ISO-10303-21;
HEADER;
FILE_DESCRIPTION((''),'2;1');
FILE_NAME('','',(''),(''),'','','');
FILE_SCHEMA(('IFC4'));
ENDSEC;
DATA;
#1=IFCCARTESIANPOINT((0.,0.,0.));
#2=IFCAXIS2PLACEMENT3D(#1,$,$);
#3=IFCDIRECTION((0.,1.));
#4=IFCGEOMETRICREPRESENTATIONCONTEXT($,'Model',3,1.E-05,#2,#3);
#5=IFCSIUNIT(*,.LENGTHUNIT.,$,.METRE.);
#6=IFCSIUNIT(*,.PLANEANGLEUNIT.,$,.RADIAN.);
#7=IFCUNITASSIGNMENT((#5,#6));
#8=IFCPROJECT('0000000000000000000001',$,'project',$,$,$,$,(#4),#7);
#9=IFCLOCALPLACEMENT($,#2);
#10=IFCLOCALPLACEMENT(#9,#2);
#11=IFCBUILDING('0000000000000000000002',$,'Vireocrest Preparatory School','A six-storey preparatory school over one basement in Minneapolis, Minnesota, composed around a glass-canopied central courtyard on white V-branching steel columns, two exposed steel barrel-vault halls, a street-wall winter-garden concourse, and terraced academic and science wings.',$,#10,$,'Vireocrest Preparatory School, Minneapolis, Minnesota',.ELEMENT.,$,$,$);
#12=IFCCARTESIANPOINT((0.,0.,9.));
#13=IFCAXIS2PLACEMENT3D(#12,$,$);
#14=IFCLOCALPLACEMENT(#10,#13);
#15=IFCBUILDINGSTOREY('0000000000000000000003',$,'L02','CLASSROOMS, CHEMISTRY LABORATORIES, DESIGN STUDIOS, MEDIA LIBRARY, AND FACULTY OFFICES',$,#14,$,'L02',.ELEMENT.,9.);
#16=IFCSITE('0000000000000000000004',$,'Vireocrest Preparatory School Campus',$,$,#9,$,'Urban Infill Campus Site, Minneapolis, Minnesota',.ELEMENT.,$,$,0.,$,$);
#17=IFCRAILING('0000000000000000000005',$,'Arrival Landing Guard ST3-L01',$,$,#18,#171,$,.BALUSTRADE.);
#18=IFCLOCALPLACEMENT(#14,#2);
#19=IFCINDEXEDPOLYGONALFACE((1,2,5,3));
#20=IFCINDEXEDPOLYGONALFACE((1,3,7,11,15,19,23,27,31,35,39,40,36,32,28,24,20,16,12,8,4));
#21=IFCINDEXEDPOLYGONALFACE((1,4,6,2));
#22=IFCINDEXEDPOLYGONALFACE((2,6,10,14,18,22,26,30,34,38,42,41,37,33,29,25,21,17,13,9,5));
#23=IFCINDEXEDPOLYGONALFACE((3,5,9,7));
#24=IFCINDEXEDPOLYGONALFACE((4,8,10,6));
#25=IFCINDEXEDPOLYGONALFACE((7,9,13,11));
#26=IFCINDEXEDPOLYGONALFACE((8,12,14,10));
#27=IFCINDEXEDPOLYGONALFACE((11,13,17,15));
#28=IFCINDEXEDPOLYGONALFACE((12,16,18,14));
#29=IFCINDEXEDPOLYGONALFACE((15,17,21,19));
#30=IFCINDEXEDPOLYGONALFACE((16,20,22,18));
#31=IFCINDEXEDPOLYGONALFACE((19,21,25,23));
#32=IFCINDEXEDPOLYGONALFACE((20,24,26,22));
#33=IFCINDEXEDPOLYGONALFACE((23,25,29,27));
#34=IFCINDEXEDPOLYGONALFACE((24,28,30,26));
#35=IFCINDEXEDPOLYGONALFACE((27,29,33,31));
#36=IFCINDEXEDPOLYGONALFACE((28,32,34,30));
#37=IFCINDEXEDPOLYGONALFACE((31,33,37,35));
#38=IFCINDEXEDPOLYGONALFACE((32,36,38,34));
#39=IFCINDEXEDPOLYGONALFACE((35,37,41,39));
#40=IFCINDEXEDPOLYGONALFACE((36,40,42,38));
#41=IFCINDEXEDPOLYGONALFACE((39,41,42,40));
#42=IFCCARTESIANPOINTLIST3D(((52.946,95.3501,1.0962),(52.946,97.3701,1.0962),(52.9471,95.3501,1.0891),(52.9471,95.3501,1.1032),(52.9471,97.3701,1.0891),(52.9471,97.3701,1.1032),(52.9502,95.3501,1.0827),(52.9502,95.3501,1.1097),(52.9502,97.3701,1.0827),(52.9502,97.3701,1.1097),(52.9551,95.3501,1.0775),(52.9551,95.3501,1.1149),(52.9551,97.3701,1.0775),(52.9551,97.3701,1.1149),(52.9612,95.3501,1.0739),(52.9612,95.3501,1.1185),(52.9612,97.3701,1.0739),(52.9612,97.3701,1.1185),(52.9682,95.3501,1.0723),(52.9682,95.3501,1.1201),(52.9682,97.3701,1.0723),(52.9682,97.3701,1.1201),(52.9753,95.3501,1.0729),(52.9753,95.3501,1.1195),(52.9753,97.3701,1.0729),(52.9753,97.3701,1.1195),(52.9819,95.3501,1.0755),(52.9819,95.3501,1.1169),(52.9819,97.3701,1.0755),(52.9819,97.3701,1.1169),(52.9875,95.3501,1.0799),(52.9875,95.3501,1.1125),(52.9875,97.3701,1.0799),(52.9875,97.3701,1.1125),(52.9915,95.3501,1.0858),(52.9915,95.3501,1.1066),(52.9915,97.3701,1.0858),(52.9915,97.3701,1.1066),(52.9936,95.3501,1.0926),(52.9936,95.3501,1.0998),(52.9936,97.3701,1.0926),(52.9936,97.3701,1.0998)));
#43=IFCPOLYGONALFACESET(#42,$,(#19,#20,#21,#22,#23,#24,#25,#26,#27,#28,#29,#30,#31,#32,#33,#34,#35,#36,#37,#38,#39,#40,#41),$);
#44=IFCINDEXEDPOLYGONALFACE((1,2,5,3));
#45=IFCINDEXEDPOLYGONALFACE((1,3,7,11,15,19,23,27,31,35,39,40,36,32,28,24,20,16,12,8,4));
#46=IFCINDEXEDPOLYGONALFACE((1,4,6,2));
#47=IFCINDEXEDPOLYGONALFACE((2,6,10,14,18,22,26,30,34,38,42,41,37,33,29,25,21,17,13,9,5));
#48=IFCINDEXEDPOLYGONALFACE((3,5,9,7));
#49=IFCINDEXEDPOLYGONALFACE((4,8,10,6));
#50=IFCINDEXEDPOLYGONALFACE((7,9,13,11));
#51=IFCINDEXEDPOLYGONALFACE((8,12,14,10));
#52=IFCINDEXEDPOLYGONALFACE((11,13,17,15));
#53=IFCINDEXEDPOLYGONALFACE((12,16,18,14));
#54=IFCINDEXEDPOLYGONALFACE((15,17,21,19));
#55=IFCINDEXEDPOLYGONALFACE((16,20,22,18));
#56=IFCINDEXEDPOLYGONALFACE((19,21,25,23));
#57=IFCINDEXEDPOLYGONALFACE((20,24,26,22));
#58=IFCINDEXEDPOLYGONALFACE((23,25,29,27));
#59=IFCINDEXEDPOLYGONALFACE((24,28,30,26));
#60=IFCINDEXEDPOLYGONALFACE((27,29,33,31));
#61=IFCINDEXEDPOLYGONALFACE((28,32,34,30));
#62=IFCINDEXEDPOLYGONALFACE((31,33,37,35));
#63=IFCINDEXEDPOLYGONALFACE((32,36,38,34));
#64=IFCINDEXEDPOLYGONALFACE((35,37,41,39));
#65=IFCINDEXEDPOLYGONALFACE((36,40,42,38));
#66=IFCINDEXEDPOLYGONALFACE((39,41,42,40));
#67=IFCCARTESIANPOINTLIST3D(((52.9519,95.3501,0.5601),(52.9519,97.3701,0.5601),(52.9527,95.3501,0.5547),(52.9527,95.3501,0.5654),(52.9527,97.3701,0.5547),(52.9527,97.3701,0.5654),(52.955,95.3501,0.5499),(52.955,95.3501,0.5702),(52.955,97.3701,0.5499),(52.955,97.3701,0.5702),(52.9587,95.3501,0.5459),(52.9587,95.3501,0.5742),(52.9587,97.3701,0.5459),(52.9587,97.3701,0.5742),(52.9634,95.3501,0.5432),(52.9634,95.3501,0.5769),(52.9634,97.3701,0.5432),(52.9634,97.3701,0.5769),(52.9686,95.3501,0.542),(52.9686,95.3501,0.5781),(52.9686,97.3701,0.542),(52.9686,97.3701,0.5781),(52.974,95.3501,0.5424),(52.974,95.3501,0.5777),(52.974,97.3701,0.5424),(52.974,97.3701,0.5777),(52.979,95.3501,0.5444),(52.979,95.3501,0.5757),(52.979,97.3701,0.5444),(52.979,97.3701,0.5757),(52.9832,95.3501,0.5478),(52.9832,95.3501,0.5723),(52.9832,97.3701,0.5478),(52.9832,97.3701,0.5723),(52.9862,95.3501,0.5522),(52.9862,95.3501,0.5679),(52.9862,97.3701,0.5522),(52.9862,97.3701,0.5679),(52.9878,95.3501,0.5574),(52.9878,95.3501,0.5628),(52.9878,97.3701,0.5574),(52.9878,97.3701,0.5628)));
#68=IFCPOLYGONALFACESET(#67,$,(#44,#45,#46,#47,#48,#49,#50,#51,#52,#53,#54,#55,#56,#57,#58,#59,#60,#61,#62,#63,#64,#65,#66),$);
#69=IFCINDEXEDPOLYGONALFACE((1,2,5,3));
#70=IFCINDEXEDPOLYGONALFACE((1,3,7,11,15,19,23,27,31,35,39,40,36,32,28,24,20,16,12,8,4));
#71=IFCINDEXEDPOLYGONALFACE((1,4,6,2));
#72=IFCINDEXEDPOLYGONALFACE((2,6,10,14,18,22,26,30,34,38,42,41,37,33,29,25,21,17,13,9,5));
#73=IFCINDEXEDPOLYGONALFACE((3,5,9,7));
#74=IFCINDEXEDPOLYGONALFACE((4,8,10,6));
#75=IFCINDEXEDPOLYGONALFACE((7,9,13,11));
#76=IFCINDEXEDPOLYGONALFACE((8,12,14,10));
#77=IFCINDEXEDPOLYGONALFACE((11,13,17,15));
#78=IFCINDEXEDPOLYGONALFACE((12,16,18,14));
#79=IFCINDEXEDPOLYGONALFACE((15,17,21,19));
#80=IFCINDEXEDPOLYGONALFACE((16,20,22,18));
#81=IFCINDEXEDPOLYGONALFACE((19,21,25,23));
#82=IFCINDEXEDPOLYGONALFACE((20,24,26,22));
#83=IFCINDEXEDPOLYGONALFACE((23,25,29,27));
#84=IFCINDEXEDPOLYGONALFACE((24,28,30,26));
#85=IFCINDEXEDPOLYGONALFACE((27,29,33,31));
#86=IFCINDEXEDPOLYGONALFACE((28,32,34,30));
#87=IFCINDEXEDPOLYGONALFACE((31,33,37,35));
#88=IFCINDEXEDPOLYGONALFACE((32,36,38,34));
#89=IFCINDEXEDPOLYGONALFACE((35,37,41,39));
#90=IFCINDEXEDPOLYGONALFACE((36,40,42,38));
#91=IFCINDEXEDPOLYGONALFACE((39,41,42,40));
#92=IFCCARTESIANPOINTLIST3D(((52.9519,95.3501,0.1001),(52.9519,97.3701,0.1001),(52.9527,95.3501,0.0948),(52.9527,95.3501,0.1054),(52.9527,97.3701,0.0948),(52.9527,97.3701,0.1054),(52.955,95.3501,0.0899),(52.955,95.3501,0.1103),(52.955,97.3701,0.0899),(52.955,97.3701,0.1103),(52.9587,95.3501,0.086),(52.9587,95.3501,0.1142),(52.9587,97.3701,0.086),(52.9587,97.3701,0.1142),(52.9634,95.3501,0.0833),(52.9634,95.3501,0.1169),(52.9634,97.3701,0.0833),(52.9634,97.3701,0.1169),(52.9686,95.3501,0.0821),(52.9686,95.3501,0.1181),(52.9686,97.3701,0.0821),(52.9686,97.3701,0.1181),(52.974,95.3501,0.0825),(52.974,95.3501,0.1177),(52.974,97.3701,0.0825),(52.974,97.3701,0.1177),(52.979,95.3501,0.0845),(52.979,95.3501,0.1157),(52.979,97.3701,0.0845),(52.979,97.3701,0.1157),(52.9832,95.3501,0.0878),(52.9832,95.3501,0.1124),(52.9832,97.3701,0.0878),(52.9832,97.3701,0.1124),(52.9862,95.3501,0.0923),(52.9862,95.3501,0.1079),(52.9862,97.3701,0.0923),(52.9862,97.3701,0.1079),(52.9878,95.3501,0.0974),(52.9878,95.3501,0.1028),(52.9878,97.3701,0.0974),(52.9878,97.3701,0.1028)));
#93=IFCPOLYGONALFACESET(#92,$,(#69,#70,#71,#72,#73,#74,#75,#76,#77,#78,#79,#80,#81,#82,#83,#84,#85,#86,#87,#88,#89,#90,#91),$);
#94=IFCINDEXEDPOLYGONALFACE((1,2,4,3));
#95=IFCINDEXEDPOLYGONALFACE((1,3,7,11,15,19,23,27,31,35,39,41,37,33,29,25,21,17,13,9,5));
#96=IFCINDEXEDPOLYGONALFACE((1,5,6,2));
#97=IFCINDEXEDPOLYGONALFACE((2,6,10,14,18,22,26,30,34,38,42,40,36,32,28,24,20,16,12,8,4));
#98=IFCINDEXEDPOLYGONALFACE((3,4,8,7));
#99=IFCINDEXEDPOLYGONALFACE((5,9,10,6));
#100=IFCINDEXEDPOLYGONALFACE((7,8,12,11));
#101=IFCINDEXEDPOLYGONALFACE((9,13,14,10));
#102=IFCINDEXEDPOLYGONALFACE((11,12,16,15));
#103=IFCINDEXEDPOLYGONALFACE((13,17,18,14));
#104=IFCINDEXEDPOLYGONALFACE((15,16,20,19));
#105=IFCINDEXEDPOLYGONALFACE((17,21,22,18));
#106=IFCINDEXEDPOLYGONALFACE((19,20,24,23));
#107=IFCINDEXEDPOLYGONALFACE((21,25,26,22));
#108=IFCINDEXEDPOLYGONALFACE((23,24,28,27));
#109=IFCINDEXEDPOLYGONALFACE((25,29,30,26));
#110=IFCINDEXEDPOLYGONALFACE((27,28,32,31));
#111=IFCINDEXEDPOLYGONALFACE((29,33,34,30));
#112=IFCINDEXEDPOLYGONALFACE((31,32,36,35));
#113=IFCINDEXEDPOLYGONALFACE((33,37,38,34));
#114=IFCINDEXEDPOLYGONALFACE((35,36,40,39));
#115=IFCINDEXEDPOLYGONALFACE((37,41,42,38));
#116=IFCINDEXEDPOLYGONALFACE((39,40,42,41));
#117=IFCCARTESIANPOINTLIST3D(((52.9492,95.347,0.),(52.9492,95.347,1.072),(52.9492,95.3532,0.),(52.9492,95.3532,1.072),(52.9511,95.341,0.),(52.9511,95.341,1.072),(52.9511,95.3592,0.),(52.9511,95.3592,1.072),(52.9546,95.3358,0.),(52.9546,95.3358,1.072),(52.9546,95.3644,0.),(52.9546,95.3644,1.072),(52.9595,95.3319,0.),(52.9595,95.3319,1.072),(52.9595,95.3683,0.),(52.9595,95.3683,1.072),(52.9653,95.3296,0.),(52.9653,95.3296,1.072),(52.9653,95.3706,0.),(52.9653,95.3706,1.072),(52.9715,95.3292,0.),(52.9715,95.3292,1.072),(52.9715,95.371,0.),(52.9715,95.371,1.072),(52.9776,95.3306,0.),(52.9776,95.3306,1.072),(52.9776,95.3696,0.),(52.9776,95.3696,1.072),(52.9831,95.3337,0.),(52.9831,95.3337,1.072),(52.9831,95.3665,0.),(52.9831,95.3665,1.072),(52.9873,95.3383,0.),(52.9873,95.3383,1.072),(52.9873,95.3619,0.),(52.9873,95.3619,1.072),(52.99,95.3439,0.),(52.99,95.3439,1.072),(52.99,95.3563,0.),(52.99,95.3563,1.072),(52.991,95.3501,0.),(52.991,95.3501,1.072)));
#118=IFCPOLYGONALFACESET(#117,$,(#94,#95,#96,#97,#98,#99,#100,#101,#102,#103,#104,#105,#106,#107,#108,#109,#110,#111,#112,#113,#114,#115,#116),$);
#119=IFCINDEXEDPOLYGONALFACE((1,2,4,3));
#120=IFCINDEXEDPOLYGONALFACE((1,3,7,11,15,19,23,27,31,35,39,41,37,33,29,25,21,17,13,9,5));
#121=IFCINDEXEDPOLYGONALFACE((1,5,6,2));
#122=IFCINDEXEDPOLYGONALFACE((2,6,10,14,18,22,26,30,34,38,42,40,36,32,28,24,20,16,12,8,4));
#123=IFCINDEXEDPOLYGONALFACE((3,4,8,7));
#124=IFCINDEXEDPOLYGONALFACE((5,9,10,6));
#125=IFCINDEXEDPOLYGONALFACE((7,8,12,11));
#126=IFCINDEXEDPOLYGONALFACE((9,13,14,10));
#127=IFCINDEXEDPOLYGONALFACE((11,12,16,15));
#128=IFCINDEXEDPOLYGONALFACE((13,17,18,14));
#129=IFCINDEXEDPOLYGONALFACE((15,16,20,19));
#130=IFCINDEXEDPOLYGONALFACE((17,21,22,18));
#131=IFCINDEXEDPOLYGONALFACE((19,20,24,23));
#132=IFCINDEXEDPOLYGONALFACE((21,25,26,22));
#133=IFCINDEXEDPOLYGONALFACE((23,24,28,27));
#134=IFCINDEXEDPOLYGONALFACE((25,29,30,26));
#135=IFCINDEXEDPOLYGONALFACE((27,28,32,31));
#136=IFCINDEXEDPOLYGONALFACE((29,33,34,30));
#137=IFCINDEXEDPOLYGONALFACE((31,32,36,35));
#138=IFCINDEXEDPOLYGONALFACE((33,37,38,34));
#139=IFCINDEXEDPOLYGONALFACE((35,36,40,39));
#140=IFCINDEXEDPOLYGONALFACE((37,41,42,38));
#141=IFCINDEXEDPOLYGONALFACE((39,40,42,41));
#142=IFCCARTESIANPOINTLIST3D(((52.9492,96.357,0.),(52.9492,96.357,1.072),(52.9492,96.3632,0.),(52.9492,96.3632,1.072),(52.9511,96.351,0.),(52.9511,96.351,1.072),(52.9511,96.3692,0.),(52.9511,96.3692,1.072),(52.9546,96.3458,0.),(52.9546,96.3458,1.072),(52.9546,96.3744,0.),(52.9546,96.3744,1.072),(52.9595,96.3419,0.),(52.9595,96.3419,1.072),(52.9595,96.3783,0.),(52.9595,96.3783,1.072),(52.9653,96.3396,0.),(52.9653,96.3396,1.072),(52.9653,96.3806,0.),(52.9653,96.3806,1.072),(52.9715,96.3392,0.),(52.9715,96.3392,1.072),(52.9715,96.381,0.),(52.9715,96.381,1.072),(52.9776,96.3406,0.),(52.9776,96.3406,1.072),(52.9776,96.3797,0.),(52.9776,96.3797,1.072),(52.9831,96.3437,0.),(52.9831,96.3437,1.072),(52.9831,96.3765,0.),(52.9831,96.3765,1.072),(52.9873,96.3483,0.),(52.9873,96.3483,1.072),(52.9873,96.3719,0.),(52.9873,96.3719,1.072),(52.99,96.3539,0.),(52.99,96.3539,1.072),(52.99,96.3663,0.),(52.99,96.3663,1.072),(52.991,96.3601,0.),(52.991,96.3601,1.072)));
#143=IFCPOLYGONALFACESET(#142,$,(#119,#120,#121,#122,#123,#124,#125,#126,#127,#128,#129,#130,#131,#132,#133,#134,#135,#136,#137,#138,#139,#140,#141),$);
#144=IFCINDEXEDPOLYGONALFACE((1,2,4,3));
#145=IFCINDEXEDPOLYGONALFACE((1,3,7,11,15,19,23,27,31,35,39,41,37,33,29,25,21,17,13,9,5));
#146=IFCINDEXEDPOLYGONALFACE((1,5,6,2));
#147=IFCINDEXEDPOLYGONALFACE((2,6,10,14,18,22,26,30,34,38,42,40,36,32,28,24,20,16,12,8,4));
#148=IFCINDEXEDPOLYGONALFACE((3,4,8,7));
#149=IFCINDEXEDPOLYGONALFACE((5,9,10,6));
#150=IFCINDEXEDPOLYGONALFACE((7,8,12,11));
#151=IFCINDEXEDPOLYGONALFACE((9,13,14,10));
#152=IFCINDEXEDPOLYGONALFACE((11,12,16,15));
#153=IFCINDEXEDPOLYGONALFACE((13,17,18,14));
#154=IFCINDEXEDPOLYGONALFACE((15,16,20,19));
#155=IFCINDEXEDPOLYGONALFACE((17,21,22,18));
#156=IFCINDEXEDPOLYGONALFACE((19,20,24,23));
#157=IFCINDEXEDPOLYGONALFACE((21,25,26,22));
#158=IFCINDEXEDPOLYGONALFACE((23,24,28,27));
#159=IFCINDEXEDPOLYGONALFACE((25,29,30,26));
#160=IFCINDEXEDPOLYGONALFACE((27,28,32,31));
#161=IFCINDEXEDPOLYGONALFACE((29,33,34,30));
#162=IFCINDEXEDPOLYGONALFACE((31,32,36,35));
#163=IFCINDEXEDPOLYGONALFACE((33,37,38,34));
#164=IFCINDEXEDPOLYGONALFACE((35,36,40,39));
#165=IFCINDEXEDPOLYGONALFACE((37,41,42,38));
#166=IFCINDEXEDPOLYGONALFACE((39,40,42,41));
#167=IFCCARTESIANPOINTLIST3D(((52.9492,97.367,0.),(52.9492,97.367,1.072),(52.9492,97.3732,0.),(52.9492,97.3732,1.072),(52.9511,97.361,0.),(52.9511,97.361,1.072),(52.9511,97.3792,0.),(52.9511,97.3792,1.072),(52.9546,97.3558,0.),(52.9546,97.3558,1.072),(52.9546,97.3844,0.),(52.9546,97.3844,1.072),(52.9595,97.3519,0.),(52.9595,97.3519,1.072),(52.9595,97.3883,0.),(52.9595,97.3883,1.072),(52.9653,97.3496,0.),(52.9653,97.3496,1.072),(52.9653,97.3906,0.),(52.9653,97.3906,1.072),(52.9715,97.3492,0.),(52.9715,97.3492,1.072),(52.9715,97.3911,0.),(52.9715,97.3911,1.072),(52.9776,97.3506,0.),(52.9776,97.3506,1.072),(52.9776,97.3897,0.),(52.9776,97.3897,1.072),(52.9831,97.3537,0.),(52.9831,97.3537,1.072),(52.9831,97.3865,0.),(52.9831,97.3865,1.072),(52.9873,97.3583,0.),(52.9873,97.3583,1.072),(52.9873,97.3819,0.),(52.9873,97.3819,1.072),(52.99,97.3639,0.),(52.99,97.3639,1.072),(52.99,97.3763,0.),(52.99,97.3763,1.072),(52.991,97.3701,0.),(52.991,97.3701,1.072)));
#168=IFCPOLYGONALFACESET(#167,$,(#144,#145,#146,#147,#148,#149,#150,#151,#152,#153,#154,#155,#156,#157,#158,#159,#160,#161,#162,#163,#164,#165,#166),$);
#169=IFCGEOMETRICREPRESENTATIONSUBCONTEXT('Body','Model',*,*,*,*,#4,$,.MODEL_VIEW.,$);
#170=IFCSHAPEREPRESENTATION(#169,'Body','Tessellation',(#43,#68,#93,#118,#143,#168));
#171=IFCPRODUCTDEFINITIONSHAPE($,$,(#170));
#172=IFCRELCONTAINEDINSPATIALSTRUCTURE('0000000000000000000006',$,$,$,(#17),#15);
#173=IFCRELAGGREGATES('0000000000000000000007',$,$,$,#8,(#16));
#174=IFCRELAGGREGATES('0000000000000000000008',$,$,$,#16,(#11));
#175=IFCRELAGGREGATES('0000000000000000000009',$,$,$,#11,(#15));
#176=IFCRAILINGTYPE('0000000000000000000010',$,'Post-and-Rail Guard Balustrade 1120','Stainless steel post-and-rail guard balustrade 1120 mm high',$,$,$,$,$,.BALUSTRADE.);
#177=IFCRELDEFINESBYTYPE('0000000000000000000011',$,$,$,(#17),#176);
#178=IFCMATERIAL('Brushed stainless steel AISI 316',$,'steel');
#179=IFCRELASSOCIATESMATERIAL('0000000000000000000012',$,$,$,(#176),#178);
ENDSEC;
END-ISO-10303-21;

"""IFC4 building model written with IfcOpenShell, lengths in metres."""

from ifc_helpers import new_model, si_unit, direction, frame, origin, origin_2d, place, context, subcontext, project, spatial, circle, extrude, material, type_object, element, save


model = new_model("IFC4")

# Units and contexts
model_context = context("Model", 3, precision=1e-05, world=origin(), true_north=direction((0.0, 1.0)))
body_context = subcontext(model_context, "Body", "Model", "MODEL_VIEW")
ifc_project = project(units=[si_unit("LENGTHUNIT", "METRE"), si_unit("PLANEANGLEUNIT", "RADIAN")], contexts=[model_context])

# Site, building, storey
site_placement = place(None, origin())
site = spatial("IfcSite", under=ifc_project, at=site_placement, Name="Vireocrest Preparatory School Campus", LongName="Urban Infill Campus Site, Minneapolis, Minnesota", CompositionType="ELEMENT", RefElevation=0.0)
building_placement = place(site_placement, origin())
building = spatial("IfcBuilding", under=site, at=building_placement, Name="Vireocrest Preparatory School", Description="A six-storey preparatory school over one basement in Minneapolis, Minnesota, composed around a glass-canopied central courtyard on white V-branching steel columns, two exposed steel barrel-vault halls, a street-wall winter-garden concourse, and terraced academic and science wings.", LongName="Vireocrest Preparatory School, Minneapolis, Minnesota", CompositionType="ELEMENT")
storey_placement = place(building_placement, frame((0.0, 0.0, 9.0)))
storey = spatial("IfcBuildingStorey", under=building, at=storey_placement, Name="L02", Description="CLASSROOMS, CHEMISTRY LABORATORIES, DESIGN STUDIOS, MEDIA LIBRARY, AND FACULTY OFFICES", LongName="L02", CompositionType="ELEMENT", Elevation=9.0)

# Railing
ifc_material_1 = material(Name="Brushed stainless steel AISI 316", Category="steel")
railing_type_1 = type_object("IfcRailingType", Name="Post-and-Rail Guard Balustrade 1120", Description="Stainless steel post-and-rail guard balustrade 1120 mm high", PredefinedType="BALUSTRADE", material=ifc_material_1)
railing_1_placement = place(storey_placement, frame((52.97, 95.3501, 0.0)))
element("IfcRailing", 1, at=railing_1_placement, inside=storey, type_object=railing_type_1, Name="Arrival Landing Guard ST3-L01", PredefinedType="BALUSTRADE", context=body_context, shape_type="SweptSolid", body=[
    extrude(circle(Radius=0.0239, at=origin_2d()), frame((0.0, 0.0, 1.0962), z_axis=(0.0, 1.0, 0.0), x_axis=(-1.0, 0.0, 0.0)), (0.0, 0.0, 1.0), 2.02),
    extrude(circle(Radius=0.0181, at=origin_2d()), frame((0.0, 0.0, 0.5601), z_axis=(0.0, 1.0, 0.0), x_axis=(-1.0, 0.0, 0.0)), (0.0, 0.0, 1.0), 2.02),
    extrude(circle(Radius=0.0181, at=origin_2d()), frame((0.0, 0.0, 0.1001), z_axis=(0.0, 1.0, 0.0), x_axis=(-1.0, 0.0, 0.0)), (0.0, 0.0, 1.0), 2.02),
    extrude(circle(Radius=0.021, at=origin_2d()), origin(), (0.0, 0.0, 1.0), 1.072),
    extrude(circle(Radius=0.021, at=origin_2d()), frame((0.0, 1.01, 0.0)), (0.0, 0.0, 1.0), 1.072),
    extrude(circle(Radius=0.021, at=origin_2d()), frame((0.0, 2.02, 0.0)), (0.0, 0.0, 1.0), 1.072),
])

save(model, "model.ifc")
